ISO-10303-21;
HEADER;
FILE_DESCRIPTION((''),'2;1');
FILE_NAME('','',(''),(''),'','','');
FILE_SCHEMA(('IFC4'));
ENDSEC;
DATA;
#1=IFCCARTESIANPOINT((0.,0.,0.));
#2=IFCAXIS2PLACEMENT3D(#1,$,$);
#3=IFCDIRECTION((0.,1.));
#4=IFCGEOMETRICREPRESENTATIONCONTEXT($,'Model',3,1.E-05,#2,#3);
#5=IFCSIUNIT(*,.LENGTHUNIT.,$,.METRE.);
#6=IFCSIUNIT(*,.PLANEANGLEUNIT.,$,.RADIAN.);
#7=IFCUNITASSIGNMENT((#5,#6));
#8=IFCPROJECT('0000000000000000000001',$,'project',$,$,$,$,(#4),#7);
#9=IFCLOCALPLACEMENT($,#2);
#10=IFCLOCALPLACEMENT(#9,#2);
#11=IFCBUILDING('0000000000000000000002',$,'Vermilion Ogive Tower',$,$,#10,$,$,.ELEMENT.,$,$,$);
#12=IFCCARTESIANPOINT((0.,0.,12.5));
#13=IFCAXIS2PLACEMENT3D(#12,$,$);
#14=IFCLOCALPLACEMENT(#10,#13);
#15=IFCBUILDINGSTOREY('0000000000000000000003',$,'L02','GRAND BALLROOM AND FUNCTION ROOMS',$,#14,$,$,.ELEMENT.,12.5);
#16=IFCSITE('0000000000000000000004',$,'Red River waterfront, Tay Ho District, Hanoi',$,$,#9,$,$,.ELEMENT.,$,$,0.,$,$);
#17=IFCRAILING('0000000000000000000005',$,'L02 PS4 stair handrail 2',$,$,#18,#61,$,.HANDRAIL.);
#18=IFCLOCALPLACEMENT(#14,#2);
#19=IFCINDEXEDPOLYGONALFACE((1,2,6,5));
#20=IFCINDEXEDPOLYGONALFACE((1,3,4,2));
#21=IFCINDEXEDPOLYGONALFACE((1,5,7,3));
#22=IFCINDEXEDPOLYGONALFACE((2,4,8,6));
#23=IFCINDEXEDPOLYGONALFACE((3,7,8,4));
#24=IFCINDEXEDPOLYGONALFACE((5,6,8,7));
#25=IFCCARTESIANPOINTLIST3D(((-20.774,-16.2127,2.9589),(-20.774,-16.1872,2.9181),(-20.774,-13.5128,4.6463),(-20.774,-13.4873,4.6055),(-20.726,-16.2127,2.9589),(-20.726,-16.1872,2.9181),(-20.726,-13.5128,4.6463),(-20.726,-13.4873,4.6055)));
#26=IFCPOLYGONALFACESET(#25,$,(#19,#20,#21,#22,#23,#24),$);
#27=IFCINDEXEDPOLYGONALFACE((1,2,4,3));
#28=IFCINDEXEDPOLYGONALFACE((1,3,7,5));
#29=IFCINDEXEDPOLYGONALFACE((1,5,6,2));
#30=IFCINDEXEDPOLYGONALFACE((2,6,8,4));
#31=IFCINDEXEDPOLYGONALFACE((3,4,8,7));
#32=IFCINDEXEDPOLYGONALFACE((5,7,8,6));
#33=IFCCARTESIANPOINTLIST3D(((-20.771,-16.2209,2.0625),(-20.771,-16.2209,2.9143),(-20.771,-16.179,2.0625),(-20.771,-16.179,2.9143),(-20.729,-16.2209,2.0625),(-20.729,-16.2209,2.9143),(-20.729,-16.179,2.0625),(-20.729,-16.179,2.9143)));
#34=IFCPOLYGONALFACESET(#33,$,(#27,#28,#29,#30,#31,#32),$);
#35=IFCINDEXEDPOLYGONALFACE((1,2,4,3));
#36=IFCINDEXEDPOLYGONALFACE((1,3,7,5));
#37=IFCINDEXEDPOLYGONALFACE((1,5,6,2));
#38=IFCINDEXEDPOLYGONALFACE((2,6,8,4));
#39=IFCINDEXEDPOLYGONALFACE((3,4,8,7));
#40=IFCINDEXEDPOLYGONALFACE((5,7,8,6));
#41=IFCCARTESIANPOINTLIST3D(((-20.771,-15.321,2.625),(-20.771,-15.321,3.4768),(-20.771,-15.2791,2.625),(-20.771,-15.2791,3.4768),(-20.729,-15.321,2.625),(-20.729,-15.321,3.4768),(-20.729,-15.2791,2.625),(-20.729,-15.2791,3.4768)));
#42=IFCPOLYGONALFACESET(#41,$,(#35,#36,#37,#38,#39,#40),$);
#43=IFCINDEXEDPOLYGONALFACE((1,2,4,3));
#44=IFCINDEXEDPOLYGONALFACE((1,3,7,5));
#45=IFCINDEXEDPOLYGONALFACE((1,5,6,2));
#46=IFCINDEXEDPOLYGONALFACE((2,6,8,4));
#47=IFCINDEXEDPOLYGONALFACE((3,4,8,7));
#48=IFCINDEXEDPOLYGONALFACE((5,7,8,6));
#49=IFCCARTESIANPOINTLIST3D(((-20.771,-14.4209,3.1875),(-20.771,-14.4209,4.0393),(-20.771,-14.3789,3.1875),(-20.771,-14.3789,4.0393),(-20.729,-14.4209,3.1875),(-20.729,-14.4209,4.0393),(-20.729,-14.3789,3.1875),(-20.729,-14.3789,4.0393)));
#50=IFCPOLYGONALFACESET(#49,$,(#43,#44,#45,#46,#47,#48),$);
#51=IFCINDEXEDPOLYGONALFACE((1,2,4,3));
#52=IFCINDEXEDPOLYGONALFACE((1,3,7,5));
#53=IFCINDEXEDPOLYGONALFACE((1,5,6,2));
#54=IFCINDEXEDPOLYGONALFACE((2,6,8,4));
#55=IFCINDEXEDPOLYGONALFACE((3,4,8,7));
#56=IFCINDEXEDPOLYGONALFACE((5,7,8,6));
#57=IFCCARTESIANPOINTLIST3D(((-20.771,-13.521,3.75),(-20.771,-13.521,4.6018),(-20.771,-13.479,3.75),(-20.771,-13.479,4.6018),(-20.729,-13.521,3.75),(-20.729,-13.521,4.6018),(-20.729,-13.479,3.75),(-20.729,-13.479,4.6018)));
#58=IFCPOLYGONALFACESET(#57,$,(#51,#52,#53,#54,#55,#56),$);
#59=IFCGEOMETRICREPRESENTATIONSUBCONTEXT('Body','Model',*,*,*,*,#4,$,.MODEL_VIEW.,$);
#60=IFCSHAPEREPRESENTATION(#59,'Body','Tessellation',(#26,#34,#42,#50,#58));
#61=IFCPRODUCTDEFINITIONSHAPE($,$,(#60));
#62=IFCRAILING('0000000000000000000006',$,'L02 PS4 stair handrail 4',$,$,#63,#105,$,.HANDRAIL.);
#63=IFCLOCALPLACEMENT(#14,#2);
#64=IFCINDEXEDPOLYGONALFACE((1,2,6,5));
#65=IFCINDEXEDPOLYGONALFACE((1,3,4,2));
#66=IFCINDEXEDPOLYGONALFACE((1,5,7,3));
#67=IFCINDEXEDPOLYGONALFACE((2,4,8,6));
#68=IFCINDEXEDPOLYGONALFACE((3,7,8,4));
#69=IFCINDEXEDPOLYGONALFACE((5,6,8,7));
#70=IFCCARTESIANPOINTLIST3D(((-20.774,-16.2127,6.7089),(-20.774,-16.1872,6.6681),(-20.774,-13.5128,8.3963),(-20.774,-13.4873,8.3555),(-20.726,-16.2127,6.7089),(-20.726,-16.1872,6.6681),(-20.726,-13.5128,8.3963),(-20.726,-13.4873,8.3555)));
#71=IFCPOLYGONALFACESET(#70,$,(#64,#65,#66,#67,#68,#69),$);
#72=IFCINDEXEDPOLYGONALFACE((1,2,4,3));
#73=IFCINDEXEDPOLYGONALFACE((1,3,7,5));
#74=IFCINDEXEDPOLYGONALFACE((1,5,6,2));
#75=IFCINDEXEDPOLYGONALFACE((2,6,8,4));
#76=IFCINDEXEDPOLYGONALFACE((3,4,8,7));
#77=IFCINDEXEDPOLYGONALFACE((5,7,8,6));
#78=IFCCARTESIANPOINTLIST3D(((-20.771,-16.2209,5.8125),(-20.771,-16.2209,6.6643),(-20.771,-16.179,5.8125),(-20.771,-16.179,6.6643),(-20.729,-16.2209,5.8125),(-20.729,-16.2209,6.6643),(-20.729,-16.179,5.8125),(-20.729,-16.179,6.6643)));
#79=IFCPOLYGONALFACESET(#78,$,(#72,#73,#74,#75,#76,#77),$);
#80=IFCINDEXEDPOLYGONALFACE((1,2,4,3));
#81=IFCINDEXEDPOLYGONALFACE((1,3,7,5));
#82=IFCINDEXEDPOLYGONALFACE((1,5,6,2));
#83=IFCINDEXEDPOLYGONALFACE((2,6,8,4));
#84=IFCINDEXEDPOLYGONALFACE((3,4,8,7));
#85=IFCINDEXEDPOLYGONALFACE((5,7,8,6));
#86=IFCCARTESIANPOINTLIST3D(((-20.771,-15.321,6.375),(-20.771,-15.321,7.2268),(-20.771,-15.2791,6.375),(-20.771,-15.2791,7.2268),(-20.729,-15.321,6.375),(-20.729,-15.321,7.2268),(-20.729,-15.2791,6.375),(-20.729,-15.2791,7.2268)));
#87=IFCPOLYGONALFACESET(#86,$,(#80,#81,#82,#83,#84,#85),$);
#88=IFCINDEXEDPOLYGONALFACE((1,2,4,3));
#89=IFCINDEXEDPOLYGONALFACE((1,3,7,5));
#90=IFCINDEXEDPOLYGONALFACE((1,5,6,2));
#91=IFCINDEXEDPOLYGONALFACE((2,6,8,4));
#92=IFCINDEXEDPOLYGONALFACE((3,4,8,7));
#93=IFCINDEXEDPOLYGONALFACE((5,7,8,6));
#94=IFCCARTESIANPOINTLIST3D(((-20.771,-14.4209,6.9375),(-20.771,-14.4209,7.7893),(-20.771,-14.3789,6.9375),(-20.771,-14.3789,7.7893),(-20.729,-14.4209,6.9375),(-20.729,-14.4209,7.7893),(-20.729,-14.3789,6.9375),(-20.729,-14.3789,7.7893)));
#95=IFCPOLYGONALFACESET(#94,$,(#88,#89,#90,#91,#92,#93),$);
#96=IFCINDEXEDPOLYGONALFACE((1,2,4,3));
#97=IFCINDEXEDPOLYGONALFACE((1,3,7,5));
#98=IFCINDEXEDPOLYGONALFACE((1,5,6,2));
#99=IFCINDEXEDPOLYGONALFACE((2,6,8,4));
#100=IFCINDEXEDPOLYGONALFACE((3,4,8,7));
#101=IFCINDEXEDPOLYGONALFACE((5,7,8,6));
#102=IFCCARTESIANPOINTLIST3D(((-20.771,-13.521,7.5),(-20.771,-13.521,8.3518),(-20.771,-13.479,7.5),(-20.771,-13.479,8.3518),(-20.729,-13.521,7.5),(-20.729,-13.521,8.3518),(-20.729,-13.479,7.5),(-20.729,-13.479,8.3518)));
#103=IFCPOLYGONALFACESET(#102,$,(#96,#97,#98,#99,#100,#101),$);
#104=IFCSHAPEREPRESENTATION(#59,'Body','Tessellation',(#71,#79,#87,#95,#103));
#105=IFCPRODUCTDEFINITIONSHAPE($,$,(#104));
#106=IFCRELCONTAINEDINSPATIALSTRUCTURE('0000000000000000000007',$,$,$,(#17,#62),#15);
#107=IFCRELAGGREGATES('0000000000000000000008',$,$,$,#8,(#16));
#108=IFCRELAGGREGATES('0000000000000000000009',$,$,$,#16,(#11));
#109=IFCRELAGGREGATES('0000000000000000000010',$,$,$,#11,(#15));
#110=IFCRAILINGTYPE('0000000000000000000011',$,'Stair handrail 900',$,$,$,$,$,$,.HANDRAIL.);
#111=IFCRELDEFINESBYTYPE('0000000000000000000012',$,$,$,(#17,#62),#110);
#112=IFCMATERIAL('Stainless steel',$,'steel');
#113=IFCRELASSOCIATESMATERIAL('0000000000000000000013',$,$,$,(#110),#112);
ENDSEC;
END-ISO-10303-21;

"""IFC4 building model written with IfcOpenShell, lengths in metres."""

from ifc_helpers import new_model, si_unit, direction, frame, origin, origin_2d, place, context, subcontext, project, spatial, rectangle, extrude, material, type_object, element, save


model = new_model("IFC4")

# Units and contexts
model_context = context("Model", 3, precision=1e-05, world=origin(), true_north=direction((0.0, 1.0)))
body_context = subcontext(model_context, "Body", "Model", "MODEL_VIEW")
ifc_project = project(units=[si_unit("LENGTHUNIT", "METRE"), si_unit("PLANEANGLEUNIT", "RADIAN")], contexts=[model_context])

# Site, building, storey
site_placement = place(None, origin())
site = spatial("IfcSite", under=ifc_project, at=site_placement, Name="Red River waterfront, Tay Ho District, Hanoi", CompositionType="ELEMENT", RefElevation=0.0)
building_placement = place(site_placement, origin())
building = spatial("IfcBuilding", under=site, at=building_placement, Name="Vermilion Ogive Tower", CompositionType="ELEMENT")
storey_placement = place(building_placement, frame((0.0, 0.0, 12.5)))
storey = spatial("IfcBuildingStorey", under=building, at=storey_placement, Name="L02", Description="GRAND BALLROOM AND FUNCTION ROOMS", CompositionType="ELEMENT", Elevation=12.5)

# Railings
ifc_material_1 = material(Name="Stainless steel", Category="steel")
railing_type_1 = type_object("IfcRailingType", Name="Stair handrail 900", PredefinedType="HANDRAIL", material=ifc_material_1)
for number, where, name in (
    (1, (-20.75, -16.2, 2.0625), "L02 PS4 stair handrail 2"),
    (2, (-20.75, -16.2, 5.8125), "L02 PS4 stair handrail 4"),
):
    element("IfcRailing", number, at=place(storey_placement, frame(where)), inside=storey, type_object=railing_type_1, Name=name, PredefinedType="HANDRAIL", context=body_context, shape_type="SweptSolid", body=[
        extrude(rectangle(XDim=0.0481, YDim=0.0481, at=origin_2d()), frame((0.0, 0.0, 0.876), z_axis=(0.0, 0.847994, 0.530006), x_axis=(-1.0, 0.0, 0.0)), (0.0, 0.0, 1.0), 3.1838),
        extrude(rectangle(XDim=0.042, YDim=0.042, at=origin_2d()), origin(), (0.0, 0.0, 1.0), 0.8518),
        extrude(rectangle(XDim=0.042, YDim=0.042, at=origin_2d()), frame((0.0, 0.8999, 0.5625)), (0.0, 0.0, 1.0), 0.8518),
        extrude(rectangle(XDim=0.042, YDim=0.042, at=origin_2d()), frame((0.0, 1.8, 1.125)), (0.0, 0.0, 1.0), 0.8518),
        extrude(rectangle(XDim=0.042, YDim=0.042, at=origin_2d()), frame((0.0, 2.7, 1.6875)), (0.0, 0.0, 1.0), 0.8518),
    ])

save(model, "model.ifc")
